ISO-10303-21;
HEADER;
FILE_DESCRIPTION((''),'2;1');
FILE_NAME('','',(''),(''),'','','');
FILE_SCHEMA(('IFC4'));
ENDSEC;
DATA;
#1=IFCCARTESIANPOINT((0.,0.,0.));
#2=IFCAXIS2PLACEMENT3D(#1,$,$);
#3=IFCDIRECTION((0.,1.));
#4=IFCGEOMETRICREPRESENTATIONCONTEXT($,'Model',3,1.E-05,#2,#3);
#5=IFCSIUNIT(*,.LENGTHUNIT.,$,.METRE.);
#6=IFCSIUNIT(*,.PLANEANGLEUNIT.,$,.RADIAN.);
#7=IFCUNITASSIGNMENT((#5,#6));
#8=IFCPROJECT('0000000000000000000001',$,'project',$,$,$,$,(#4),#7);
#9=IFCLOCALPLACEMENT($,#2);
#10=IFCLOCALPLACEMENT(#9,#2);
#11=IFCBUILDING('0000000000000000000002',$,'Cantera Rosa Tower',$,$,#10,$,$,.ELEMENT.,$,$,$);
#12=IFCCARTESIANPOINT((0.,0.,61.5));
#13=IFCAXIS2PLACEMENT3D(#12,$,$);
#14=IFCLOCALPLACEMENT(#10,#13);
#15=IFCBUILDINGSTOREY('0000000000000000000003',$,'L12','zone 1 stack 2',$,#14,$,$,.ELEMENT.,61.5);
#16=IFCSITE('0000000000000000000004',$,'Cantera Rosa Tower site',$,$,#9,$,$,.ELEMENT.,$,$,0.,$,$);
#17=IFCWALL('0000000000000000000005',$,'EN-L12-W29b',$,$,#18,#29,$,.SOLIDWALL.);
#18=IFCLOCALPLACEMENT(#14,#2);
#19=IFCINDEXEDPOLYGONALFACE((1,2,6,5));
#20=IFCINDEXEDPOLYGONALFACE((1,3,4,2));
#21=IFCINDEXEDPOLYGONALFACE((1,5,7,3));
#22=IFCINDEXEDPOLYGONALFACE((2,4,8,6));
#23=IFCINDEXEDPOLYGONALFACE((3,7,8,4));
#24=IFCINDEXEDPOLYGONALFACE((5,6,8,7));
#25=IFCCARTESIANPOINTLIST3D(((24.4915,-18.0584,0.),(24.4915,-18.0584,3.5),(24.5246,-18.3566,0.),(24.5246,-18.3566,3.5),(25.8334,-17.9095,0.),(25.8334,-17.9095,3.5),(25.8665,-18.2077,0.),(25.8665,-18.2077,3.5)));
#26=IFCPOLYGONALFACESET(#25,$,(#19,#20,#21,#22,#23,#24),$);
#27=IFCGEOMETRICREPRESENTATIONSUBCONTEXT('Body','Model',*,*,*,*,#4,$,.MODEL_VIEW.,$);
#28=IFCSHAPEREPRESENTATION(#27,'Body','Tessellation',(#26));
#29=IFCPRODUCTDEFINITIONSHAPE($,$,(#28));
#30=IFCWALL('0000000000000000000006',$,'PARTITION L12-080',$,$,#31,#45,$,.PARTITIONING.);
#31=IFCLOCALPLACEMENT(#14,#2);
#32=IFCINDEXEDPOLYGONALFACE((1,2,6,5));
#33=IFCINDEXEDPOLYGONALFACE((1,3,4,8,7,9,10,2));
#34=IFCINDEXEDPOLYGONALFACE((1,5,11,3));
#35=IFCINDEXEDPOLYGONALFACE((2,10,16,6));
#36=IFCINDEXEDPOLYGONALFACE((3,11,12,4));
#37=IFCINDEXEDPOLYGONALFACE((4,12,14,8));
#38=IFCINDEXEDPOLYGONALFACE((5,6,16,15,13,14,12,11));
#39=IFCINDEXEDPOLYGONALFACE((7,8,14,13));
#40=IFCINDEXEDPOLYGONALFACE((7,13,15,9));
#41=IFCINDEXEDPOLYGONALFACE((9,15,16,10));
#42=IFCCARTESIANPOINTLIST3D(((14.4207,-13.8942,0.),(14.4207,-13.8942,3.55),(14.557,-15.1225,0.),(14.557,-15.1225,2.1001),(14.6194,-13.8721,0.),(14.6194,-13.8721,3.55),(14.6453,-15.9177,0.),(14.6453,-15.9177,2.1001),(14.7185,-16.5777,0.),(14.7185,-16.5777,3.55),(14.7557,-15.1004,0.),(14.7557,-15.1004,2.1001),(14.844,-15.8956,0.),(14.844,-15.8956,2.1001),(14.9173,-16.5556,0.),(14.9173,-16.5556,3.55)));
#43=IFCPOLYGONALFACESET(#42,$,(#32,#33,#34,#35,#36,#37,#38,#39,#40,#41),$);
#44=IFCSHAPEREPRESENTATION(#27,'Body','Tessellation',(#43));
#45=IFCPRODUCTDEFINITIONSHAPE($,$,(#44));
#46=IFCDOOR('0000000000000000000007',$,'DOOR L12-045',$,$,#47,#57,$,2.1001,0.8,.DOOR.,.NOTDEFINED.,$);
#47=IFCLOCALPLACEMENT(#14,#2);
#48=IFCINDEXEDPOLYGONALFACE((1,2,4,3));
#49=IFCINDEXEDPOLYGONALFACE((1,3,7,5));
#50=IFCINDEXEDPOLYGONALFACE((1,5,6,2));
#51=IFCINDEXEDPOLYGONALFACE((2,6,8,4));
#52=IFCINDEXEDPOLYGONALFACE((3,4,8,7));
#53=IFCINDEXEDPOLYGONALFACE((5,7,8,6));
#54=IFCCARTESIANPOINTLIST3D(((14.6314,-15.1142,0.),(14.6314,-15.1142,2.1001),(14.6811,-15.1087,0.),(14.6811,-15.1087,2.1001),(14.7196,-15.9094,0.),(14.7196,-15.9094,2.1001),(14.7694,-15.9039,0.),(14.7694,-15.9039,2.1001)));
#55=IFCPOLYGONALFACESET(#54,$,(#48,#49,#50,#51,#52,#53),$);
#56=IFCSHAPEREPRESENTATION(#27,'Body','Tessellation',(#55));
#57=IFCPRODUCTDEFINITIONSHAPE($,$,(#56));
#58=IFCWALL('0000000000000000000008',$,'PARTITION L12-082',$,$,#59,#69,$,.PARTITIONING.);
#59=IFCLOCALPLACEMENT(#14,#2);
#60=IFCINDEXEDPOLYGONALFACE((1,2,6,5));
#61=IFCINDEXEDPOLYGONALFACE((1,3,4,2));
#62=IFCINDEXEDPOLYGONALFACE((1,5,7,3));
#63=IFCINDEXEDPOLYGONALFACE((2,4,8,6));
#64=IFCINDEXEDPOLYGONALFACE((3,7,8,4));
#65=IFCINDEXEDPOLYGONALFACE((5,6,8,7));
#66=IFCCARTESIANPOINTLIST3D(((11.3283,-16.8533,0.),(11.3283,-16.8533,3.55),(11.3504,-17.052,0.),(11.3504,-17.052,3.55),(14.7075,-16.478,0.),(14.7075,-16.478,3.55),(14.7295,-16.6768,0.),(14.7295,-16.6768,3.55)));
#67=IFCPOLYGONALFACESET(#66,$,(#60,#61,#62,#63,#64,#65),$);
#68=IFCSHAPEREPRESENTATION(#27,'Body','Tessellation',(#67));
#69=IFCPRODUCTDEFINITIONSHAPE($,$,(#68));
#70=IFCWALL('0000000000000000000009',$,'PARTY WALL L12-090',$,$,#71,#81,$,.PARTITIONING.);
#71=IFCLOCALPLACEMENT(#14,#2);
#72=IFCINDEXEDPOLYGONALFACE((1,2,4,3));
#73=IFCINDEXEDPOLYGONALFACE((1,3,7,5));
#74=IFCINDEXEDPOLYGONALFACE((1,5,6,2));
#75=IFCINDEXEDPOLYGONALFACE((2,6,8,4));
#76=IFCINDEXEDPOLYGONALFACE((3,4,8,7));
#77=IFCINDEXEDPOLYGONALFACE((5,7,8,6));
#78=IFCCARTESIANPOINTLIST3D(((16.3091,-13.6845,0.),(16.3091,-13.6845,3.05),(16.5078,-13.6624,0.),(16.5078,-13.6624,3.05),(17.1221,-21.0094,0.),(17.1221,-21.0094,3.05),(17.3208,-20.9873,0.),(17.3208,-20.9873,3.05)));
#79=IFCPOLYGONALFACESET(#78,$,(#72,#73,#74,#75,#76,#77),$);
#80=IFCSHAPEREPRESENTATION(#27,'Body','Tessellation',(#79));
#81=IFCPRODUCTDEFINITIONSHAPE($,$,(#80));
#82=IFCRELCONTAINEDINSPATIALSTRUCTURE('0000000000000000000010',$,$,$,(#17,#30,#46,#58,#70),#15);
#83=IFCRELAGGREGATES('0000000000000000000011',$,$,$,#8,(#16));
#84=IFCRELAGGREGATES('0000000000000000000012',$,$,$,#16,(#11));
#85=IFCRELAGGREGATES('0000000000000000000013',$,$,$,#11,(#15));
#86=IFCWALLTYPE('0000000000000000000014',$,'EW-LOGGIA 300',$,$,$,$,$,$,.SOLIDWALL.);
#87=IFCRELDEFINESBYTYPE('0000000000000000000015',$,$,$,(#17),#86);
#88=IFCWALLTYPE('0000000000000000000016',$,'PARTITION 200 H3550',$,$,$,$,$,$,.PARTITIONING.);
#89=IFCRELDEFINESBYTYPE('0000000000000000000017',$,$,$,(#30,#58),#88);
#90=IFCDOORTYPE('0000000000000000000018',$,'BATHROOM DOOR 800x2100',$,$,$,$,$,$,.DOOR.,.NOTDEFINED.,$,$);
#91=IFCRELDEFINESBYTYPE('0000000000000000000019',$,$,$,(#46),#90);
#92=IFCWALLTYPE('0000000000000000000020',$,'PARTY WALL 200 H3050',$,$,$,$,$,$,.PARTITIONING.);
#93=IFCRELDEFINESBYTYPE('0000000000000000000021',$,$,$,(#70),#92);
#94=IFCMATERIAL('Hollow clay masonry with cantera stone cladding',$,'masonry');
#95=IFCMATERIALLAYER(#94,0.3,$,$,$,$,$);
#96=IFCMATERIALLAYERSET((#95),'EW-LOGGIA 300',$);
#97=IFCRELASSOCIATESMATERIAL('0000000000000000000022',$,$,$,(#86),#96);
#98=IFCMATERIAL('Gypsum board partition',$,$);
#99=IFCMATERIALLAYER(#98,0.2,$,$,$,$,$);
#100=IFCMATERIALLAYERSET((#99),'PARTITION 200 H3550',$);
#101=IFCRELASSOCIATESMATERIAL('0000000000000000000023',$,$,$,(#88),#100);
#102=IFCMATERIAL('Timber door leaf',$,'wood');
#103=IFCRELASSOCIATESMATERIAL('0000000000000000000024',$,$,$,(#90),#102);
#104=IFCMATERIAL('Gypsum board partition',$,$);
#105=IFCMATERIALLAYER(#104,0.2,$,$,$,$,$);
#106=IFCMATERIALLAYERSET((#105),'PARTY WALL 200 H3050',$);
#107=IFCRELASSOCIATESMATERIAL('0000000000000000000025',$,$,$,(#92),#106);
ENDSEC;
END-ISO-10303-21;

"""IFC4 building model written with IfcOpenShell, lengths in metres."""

from ifc_helpers import new_model, si_unit, direction, frame, frame_2d, origin, place, context, subcontext, project, spatial, rectangle, extrude, material, layer, layer_set, type_object, element, fill, save


model = new_model("IFC4")

# Units and contexts
model_context = context("Model", 3, precision=1e-05, world=origin(), true_north=direction((0.0, 1.0)))
body_context = subcontext(model_context, "Body", "Model", "MODEL_VIEW")
ifc_project = project(units=[si_unit("LENGTHUNIT", "METRE"), si_unit("PLANEANGLEUNIT", "RADIAN")], contexts=[model_context])

# Site, building, storey
site_placement = place(None, origin())
site = spatial("IfcSite", under=ifc_project, at=site_placement, Name="Cantera Rosa Tower site", CompositionType="ELEMENT", RefElevation=0.0)
building_placement = place(site_placement, origin())
building = spatial("IfcBuilding", under=site, at=building_placement, Name="Cantera Rosa Tower", CompositionType="ELEMENT")
storey_placement = place(building_placement, frame((0.0, 0.0, 61.5)))
storey = spatial("IfcBuildingStorey", under=building, at=storey_placement, Name="L12", Description="zone 1 stack 2", CompositionType="ELEMENT", Elevation=61.5)

# Wall
ifc_material_1 = material(Name="Hollow clay masonry with cantera stone cladding", Category="masonry")
ifc_layer_1 = layer(ifc_material_1, 0.3)
ifc_layer_set_1 = layer_set([ifc_layer_1], Name="EW-LOGGIA 300")
wall_type_1 = type_object("IfcWallType", Name="EW-LOGGIA 300", PredefinedType="SOLIDWALL", material=ifc_layer_set_1)
wall_1_placement = place(storey_placement, frame((24.5081, -18.2075, 0.0), z_axis=(0.0, 0.0, 1.0), x_axis=(0.993897, 0.110312, 0.0)))
element("IfcWall", 1, at=wall_1_placement, inside=storey, type_object=wall_type_1, Name="EN-L12-W29b", PredefinedType="SOLIDWALL", context=body_context, shape_type="SweptSolid", body=[
    extrude(rectangle(XDim=1.3501, YDim=0.3, at=frame_2d((0.675, 0.0))), origin(), (0.0, 0.0, 1.0), 3.5),
])

# Wall, opening, door
ifc_material_2 = material(Name="Gypsum board partition")
ifc_layer_2 = layer(ifc_material_2, 0.2)
ifc_layer_set_2 = layer_set([ifc_layer_2], Name="PARTITION 200 H3550")
wall_type_2 = type_object("IfcWallType", Name="PARTITION 200 H3550", PredefinedType="PARTITIONING", material=ifc_layer_set_2)
wall_2_placement = place(storey_placement, frame((14.52, -13.8831, 0.0), z_axis=(0.0, 0.0, 1.0), x_axis=(0.110322, -0.993896, 0.0)))
wall_2 = element("IfcWall", 2, at=wall_2_placement, inside=storey, type_object=wall_type_2, Name="PARTITION L12-080", PredefinedType="PARTITIONING", context=body_context, shape_type="SweptSolid", body=[
    extrude(rectangle(XDim=2.7, YDim=0.2, at=frame_2d((1.3501, 0.0))), origin(), (0.0, 0.0, 1.0), 3.55),
])
opening_1_placement = place(wall_2_placement, frame((1.2361, 0.0, 0.0)))
opening_1 = element("IfcOpeningElement", 3, at=opening_1_placement, cuts=wall_2, PredefinedType="OPENING", context=body_context, shape_type="SweptSolid", body=[
    extrude(rectangle(XDim=0.8, YDim=2.1001, at=frame_2d((0.3999, 1.05))), frame((0.0, 0.1099, 0.0), z_axis=(0.0, -1.0, 0.0), x_axis=(1.0, 0.0, 0.0)), (0.0, 0.0, 1.0), 0.22),
])
ifc_material_3 = material(Name="Timber door leaf", Category="wood")
door_type_1 = type_object("IfcDoorType", Name="BATHROOM DOOR 800x2100", OperationType="NOTDEFINED", PredefinedType="DOOR", material=ifc_material_3)
door_1_placement = place(opening_1_placement, origin())
door_1 = element("IfcDoor", 4, at=door_1_placement, inside=storey, type_object=door_type_1, Name="DOOR L12-045", OperationType="NOTDEFINED", OverallHeight=2.1001, OverallWidth=0.8, PredefinedType="DOOR", context=body_context, shape_type="SweptSolid", body=[
    extrude(rectangle(XDim=0.8, YDim=2.1001, at=frame_2d((0.3999, 1.05))), frame((0.0, 0.0249, 0.0), z_axis=(0.0, -1.0, 0.0), x_axis=(1.0, 0.0, 0.0)), (0.0, 0.0, 1.0), 0.05),
])
fill(opening_1, door_1)

# Walls
wall_3_placement = place(storey_placement, frame((14.7185, -16.5774, 0.0), z_axis=(0.0, 0.0, 1.0), x_axis=(-0.993891, -0.110368, 0.0)))
element("IfcWall", 5, at=wall_3_placement, inside=storey, type_object=wall_type_2, Name="PARTITION L12-082", PredefinedType="PARTITIONING", context=body_context, shape_type="SweptSolid", body=[
    extrude(rectangle(XDim=3.3999, YDim=0.2, at=frame_2d((1.7, 0.0))), origin(), (0.0, 0.0, 1.0), 3.55),
])
ifc_material_4 = material(Name="Gypsum board partition")
ifc_layer_3 = layer(ifc_material_4, 0.2)
ifc_layer_set_3 = layer_set([ifc_layer_3], Name="PARTY WALL 200 H3050")
wall_type_3 = type_object("IfcWallType", Name="PARTY WALL 200 H3050", PredefinedType="PARTITIONING", material=ifc_layer_set_3)
wall_4_placement = place(storey_placement, frame((16.4084, -13.6733, 0.0), z_axis=(0.0, 0.0, 1.0), x_axis=(0.110312, -0.993897, 0.0)))
element("IfcWall", 6, at=wall_4_placement, inside=storey, type_object=wall_type_3, Name="PARTY WALL L12-090", PredefinedType="PARTITIONING", context=body_context, shape_type="SweptSolid", body=[
    extrude(rectangle(XDim=7.3699, YDim=0.2, at=frame_2d((3.6851, 0.0))), origin(), (0.0, 0.0, 1.0), 3.05),
])

save(model, "model.ifc")
